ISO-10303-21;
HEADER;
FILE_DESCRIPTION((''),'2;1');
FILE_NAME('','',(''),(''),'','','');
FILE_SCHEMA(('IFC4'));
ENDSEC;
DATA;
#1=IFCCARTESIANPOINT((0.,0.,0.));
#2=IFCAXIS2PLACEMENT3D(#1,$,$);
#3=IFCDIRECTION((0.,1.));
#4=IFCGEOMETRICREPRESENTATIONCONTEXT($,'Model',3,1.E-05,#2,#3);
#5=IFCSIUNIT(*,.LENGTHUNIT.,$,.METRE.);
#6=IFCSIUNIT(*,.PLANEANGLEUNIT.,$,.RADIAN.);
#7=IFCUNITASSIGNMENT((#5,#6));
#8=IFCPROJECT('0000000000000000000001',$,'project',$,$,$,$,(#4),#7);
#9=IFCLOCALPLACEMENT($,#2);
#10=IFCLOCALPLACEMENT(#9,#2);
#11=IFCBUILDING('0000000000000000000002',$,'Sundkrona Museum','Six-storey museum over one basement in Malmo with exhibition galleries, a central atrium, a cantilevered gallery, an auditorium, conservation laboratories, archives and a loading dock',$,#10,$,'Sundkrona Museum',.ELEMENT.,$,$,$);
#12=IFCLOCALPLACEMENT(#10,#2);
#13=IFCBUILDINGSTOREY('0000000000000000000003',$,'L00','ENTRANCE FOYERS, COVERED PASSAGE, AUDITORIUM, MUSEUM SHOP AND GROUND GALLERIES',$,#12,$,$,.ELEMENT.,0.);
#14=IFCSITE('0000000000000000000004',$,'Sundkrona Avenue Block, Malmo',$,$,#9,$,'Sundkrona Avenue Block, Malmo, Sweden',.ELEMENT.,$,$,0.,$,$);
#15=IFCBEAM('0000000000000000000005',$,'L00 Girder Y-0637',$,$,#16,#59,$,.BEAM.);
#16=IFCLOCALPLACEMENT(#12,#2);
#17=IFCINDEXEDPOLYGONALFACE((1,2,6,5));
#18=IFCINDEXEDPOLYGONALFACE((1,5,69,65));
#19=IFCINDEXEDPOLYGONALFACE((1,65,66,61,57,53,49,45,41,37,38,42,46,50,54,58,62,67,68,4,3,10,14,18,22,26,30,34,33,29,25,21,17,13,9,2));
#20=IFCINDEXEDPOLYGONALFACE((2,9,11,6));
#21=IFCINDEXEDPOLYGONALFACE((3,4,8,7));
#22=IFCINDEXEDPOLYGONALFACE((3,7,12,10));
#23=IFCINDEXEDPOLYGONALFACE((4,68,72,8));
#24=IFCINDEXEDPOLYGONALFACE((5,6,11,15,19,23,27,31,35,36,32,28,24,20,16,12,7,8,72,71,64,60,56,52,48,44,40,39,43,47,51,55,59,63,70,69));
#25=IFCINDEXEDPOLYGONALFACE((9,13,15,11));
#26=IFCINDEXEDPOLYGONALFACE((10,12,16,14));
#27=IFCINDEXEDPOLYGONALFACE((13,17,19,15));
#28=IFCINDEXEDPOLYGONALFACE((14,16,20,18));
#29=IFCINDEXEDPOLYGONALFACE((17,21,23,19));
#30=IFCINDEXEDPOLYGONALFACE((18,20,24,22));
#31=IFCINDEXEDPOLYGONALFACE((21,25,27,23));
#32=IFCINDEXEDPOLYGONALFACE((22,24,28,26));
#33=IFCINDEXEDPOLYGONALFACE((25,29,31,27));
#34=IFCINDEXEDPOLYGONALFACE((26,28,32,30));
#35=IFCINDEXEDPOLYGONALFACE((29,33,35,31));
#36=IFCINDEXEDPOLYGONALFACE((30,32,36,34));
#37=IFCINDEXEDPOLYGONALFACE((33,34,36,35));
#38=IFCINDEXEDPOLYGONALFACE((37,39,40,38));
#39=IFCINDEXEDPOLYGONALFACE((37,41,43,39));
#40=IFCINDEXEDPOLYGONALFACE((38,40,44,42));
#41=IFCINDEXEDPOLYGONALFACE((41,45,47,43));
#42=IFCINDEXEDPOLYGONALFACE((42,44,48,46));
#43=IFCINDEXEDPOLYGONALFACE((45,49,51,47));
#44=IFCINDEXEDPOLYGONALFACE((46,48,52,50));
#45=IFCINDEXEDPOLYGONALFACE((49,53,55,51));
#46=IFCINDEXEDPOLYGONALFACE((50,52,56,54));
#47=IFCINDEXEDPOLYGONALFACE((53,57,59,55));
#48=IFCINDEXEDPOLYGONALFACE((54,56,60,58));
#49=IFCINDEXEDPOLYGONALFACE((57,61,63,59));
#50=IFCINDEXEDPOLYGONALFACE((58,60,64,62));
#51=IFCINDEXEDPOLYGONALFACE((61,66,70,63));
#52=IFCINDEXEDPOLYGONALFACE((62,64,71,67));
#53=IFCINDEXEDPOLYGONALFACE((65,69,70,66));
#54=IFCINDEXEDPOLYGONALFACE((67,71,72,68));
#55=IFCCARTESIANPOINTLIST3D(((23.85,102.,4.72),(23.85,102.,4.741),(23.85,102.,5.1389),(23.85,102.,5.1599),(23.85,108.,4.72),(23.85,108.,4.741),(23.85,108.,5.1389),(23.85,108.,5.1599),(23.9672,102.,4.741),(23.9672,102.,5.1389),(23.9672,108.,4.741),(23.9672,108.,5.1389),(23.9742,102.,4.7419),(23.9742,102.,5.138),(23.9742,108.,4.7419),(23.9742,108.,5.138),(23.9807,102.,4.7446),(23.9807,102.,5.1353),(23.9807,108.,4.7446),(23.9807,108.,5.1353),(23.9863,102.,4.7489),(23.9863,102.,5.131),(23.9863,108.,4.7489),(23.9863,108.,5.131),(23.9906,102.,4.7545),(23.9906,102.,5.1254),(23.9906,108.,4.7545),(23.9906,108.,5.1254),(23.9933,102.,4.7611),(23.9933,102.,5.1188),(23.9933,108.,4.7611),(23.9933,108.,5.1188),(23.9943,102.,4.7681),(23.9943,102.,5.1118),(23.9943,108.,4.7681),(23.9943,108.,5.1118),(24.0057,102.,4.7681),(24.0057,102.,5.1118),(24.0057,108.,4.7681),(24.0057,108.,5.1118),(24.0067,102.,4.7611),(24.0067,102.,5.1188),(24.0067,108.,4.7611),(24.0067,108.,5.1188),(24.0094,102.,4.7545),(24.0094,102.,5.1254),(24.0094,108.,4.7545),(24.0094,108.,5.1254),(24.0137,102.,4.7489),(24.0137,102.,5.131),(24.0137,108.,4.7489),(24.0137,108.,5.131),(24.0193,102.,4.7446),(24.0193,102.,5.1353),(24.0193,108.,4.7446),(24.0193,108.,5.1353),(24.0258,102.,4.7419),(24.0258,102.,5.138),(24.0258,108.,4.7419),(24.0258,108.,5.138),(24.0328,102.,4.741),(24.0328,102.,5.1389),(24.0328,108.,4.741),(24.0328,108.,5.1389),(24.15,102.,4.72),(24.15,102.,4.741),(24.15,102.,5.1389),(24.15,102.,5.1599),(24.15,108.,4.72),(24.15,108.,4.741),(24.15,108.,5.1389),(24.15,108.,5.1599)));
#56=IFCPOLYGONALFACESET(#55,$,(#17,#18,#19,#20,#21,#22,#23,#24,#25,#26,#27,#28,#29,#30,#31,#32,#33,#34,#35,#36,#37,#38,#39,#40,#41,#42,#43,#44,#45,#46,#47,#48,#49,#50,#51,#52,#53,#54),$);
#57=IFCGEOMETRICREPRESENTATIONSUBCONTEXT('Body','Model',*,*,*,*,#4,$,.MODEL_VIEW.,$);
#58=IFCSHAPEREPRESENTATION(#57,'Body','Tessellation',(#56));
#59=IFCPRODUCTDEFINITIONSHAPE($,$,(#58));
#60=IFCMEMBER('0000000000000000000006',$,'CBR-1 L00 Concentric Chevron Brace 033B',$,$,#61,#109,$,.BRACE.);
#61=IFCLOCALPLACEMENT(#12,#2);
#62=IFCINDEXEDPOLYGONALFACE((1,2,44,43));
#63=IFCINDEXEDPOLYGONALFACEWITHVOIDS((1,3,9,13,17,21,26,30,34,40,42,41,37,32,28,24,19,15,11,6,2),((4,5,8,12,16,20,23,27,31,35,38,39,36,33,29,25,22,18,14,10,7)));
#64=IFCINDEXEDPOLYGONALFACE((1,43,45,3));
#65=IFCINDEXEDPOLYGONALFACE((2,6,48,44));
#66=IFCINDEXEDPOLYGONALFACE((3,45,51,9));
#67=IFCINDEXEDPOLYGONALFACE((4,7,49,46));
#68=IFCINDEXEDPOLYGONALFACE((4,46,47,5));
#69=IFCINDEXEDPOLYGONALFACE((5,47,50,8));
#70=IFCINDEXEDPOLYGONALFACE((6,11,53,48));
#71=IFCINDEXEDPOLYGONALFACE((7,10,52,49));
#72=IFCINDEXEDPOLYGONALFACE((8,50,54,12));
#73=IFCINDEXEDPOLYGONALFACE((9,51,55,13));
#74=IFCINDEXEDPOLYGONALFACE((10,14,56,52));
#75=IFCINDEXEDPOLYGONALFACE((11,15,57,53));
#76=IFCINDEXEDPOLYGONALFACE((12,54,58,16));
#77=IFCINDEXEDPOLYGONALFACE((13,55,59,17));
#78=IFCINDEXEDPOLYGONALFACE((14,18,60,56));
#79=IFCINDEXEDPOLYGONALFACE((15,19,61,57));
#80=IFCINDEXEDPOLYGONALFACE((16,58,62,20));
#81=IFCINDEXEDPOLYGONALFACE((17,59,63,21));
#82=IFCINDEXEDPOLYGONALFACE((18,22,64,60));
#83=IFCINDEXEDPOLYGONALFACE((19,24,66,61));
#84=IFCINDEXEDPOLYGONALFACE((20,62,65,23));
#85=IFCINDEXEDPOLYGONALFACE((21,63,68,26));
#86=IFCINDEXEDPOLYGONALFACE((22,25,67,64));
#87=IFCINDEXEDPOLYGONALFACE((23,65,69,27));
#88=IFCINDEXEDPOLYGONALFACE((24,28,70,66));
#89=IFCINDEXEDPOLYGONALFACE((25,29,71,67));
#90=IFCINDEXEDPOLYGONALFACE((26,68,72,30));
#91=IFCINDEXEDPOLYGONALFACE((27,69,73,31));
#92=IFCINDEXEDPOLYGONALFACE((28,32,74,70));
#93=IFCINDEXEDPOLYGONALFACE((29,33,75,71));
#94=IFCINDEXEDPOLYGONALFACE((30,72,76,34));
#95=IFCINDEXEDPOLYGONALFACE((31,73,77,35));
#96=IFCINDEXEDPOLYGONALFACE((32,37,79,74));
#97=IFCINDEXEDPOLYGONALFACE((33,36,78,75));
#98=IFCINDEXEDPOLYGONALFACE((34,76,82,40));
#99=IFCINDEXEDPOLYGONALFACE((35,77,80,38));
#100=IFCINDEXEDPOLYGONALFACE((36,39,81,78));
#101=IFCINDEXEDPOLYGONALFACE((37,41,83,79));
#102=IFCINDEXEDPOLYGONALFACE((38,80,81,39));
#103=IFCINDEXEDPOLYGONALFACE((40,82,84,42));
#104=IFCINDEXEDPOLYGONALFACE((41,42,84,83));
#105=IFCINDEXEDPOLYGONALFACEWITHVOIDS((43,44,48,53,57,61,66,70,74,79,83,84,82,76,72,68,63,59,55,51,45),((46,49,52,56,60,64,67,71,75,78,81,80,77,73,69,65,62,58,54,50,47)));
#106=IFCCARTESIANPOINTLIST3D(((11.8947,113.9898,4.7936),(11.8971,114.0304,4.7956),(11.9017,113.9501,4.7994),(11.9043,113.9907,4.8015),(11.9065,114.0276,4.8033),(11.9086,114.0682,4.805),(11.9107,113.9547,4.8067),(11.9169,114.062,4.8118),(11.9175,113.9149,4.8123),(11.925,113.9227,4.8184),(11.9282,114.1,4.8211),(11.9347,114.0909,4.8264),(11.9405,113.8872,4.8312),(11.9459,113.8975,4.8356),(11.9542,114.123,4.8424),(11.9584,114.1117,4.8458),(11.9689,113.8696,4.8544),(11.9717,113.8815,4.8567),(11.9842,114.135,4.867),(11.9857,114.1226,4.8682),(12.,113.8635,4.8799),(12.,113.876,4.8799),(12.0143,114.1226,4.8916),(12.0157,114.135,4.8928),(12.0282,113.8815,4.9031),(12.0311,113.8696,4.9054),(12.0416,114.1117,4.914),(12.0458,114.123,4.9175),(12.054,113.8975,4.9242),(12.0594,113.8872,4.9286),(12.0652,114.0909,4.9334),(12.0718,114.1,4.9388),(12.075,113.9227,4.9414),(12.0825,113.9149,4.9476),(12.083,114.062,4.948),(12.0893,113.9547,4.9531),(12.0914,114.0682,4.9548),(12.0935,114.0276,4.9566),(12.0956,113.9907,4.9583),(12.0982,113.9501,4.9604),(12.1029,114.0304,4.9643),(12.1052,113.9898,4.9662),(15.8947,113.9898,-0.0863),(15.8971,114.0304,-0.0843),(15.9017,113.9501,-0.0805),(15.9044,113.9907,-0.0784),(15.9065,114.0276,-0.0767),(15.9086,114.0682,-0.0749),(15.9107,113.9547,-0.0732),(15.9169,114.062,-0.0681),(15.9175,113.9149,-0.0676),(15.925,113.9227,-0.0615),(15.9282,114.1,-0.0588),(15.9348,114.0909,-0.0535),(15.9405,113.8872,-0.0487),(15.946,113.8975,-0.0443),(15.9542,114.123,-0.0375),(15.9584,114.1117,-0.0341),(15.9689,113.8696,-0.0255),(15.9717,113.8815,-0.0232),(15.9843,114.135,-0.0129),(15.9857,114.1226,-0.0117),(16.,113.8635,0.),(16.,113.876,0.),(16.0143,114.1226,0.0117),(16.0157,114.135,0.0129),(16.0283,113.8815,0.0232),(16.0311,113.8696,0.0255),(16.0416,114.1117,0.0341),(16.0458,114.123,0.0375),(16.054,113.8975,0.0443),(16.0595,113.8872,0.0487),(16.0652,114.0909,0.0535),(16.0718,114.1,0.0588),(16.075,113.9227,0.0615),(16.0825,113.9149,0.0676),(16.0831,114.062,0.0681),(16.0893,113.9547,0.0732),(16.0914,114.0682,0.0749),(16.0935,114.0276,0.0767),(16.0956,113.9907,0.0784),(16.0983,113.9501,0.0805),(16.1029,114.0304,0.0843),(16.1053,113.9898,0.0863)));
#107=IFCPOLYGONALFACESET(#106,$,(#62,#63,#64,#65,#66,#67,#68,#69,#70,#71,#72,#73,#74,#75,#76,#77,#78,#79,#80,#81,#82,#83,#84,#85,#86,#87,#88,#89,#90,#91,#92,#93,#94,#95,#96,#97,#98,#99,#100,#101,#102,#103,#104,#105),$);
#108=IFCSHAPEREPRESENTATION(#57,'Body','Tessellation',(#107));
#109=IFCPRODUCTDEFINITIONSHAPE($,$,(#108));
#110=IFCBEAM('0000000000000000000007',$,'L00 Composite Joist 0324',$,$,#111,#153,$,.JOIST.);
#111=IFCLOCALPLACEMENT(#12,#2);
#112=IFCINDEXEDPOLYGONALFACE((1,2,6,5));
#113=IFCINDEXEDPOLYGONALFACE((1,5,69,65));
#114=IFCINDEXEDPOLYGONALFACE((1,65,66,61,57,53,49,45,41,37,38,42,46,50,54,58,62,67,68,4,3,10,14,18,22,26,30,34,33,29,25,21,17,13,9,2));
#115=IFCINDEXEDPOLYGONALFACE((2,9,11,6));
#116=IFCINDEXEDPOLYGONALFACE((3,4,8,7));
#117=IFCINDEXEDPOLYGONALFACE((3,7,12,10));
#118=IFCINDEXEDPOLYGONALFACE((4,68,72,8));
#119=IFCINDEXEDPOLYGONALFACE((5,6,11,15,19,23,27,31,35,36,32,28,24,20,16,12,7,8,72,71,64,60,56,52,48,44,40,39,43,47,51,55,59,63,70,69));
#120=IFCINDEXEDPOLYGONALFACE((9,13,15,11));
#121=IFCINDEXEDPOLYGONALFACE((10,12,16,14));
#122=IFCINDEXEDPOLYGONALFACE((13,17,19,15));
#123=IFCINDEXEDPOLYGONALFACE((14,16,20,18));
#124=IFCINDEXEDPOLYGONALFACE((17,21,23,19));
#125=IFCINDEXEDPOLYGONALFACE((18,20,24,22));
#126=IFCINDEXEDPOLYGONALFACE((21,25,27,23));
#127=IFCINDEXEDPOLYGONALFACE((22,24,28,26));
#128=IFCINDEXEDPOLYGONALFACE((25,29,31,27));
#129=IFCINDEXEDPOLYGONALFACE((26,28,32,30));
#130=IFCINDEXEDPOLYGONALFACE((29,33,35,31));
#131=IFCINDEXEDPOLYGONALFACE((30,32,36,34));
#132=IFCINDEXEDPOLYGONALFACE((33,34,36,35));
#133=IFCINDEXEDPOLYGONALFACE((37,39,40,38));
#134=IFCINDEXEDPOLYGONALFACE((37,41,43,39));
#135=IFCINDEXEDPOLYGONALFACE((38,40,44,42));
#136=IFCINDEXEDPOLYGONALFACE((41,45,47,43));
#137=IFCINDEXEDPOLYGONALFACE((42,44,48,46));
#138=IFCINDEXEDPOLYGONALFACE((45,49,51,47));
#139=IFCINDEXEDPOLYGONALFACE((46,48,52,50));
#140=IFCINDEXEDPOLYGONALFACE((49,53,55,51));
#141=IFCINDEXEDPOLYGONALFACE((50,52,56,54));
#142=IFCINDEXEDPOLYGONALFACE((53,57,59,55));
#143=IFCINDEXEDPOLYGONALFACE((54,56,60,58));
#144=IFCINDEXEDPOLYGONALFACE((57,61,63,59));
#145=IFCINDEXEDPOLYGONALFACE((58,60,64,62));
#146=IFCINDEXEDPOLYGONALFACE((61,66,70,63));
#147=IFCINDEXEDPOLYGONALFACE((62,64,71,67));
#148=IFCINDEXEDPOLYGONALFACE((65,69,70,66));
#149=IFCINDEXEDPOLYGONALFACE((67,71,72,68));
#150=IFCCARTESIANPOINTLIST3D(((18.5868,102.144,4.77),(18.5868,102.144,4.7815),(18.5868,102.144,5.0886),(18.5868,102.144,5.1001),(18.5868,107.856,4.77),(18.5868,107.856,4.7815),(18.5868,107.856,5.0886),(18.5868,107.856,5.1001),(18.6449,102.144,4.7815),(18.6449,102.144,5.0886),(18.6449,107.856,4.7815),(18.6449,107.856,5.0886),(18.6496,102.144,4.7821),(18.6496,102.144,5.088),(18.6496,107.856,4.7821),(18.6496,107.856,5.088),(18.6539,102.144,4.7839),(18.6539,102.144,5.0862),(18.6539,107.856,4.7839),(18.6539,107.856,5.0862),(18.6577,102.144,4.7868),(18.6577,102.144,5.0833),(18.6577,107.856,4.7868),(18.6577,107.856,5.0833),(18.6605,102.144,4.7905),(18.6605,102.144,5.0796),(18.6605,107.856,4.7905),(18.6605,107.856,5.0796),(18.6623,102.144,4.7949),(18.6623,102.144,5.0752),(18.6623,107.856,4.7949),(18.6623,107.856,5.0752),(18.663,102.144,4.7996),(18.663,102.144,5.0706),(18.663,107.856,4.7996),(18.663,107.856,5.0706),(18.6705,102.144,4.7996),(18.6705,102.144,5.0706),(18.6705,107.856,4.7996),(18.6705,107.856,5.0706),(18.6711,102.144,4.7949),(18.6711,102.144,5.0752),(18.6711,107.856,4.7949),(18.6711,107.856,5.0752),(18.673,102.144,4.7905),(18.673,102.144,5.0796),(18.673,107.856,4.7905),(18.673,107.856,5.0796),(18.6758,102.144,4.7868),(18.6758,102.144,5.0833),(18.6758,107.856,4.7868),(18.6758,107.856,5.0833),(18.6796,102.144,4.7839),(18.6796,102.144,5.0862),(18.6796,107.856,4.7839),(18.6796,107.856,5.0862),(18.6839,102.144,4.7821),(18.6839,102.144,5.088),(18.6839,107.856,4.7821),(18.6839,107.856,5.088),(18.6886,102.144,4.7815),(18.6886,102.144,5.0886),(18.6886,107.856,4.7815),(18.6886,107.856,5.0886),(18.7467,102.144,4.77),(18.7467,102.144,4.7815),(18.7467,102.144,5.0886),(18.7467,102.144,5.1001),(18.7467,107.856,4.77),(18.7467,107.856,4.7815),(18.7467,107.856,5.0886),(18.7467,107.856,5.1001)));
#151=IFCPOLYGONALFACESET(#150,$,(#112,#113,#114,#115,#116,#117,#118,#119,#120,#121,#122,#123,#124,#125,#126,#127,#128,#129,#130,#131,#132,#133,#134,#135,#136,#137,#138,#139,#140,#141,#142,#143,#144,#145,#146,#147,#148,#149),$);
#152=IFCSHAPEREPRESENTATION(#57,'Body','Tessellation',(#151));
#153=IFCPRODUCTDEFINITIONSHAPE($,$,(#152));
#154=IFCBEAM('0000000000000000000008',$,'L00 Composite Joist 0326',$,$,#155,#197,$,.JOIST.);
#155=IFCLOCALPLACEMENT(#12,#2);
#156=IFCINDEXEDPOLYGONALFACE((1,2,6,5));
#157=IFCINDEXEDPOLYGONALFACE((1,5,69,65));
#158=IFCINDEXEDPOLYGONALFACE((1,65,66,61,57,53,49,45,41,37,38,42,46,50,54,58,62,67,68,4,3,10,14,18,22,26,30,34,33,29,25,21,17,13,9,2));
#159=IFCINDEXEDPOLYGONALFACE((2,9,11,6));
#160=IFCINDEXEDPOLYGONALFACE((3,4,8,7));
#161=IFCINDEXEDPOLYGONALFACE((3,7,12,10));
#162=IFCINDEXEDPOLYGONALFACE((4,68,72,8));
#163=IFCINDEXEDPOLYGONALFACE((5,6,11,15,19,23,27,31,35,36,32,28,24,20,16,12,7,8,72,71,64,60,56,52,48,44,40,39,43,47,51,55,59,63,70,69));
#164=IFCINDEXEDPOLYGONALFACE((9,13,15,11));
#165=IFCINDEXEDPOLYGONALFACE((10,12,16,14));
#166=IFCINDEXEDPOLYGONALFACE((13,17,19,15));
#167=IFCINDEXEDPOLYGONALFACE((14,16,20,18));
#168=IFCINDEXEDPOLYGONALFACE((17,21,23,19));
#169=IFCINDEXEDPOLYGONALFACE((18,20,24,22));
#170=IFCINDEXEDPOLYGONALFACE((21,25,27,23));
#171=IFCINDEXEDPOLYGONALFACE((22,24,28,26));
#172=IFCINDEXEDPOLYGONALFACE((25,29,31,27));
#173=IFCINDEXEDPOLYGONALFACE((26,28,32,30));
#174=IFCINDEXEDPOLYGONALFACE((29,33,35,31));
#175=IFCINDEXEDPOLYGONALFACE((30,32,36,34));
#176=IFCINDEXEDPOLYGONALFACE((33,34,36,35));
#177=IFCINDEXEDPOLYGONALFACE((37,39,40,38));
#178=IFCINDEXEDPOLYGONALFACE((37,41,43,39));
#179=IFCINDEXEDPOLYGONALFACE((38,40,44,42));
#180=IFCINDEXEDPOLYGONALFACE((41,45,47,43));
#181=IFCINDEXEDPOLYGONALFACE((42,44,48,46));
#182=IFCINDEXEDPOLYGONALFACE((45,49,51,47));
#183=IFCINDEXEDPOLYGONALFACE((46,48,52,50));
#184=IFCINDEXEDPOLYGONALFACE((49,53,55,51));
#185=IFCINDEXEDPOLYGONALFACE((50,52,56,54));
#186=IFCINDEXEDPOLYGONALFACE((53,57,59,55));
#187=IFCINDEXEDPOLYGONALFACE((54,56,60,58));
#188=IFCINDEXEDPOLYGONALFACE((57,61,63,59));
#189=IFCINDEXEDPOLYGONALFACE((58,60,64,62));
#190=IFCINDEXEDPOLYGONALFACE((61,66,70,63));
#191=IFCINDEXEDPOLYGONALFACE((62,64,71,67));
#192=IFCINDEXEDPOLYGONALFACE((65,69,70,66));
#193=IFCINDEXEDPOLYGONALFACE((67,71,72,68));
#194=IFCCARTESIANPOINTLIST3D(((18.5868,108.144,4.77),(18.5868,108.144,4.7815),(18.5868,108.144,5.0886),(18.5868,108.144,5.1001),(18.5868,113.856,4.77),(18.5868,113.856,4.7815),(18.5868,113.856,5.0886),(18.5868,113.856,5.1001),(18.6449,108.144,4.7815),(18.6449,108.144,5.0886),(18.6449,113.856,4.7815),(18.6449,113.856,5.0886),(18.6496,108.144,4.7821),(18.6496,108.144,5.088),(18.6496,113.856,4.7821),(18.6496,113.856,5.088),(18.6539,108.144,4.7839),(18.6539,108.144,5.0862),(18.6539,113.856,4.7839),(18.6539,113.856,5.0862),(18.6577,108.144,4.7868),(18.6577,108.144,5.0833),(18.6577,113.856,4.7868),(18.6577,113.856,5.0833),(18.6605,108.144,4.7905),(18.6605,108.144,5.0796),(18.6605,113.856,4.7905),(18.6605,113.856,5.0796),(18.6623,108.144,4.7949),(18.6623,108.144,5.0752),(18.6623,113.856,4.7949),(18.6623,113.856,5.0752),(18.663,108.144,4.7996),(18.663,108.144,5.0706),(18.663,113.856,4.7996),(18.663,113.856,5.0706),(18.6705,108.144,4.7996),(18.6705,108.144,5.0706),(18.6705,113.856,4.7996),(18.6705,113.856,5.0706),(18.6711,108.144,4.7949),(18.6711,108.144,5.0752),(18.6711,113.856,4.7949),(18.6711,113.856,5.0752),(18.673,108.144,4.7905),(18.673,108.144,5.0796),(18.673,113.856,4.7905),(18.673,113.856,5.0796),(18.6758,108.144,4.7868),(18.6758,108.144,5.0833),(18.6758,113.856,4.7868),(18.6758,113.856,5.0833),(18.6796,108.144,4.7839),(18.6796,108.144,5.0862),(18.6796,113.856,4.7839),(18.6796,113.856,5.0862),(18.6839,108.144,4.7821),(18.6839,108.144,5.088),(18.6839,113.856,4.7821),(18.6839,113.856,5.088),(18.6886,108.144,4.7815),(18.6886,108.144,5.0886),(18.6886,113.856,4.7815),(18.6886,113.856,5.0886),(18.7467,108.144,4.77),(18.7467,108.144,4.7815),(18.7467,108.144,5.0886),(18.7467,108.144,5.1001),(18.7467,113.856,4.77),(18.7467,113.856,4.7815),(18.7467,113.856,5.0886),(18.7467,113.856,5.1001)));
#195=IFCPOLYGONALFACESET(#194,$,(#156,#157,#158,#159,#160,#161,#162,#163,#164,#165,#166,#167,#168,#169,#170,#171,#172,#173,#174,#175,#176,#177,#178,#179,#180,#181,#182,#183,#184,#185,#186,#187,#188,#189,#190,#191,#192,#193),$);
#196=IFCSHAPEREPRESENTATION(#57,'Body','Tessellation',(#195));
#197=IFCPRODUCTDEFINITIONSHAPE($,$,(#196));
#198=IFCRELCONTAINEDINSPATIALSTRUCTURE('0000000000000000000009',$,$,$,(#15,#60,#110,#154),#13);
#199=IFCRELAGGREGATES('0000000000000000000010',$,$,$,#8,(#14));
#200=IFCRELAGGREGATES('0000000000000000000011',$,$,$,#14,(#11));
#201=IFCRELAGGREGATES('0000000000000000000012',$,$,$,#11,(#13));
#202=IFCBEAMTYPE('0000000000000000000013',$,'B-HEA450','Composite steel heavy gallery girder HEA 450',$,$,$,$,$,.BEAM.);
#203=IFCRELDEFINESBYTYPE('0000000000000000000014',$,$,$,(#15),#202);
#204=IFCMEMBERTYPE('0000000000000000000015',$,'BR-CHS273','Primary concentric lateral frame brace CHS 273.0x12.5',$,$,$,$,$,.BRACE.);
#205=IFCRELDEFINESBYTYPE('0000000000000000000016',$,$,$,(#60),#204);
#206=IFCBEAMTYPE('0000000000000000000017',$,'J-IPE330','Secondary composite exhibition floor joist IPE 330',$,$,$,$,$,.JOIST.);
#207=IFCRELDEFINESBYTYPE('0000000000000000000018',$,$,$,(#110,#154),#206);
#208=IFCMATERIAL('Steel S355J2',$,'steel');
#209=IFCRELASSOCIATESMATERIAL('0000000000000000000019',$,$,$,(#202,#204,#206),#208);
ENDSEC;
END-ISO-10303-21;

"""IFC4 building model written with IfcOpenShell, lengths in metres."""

from ifc_helpers import new_model, si_unit, direction, frame, origin, origin_2d, place, context, subcontext, project, spatial, hollow_circle, i_section, extrude, material, material_profile, profile_set, type_object, element, save


model = new_model("IFC4")

# Units and contexts
model_context = context("Model", 3, precision=1e-05, world=origin(), true_north=direction((0.0, 1.0)))
body_context = subcontext(model_context, "Body", "Model", "MODEL_VIEW")
ifc_project = project(units=[si_unit("LENGTHUNIT", "METRE"), si_unit("PLANEANGLEUNIT", "RADIAN")], contexts=[model_context])

# Site, building, storey
site_placement = place(None, origin())
site = spatial("IfcSite", under=ifc_project, at=site_placement, Name="Sundkrona Avenue Block, Malmo", LongName="Sundkrona Avenue Block, Malmo, Sweden", CompositionType="ELEMENT", RefElevation=0.0)
building_placement = place(site_placement, origin())
building = spatial("IfcBuilding", under=site, at=building_placement, Name="Sundkrona Museum", Description="Six-storey museum over one basement in Malmo with exhibition galleries, a central atrium, a cantilevered gallery, an auditorium, conservation laboratories, archives and a loading dock", LongName="Sundkrona Museum", CompositionType="ELEMENT")
storey_placement = place(building_placement, origin())
storey = spatial("IfcBuildingStorey", under=building, at=storey_placement, Name="L00", Description="ENTRANCE FOYERS, COVERED PASSAGE, AUDITORIUM, MUSEUM SHOP AND GROUND GALLERIES", CompositionType="ELEMENT", Elevation=0.0)

# Shared definitions
ifc_material_1 = material(Name="Steel S355J2", Category="steel")

# Beam
ifc_material_profile_1 = material_profile(ifc_material_1, i_section(OverallWidth=0.3, OverallDepth=0.4399, WebThickness=0.0115, FlangeThickness=0.021, FilletRadius=0.0271, at=origin_2d()), Name="HEA 450")
ifc_profile_set_1 = profile_set([ifc_material_profile_1], Name="Steel S355J2")
beam_type_1 = type_object("IfcBeamType", Name="B-HEA450", Description="Composite steel heavy gallery girder HEA 450", PredefinedType="BEAM", material=ifc_profile_set_1)
for number, where, z_axis, x_axis, name in (
    (1, (24.0, 102.0, 4.9399), (0.0, 1.0, 0.0), (-1.0, 0.0, 0.0), "L00 Girder Y-0637"),
):
    element("IfcBeam", number, at=place(storey_placement, frame(where, z_axis=z_axis, x_axis=x_axis)), inside=storey, type_object=beam_type_1, Name=name, PredefinedType="BEAM", context=body_context, shape_type="SweptSolid", body=[
        extrude(i_section(OverallWidth=0.3, OverallDepth=0.4399, WebThickness=0.0115, FlangeThickness=0.021, FilletRadius=0.0271, at=origin_2d()), origin(), (0.0, 0.0, 1.0), 6.0),
    ])

# Member
ifc_material_profile_2 = material_profile(ifc_material_1, hollow_circle(Radius=0.1365, WallThickness=0.0125, at=origin_2d()), Name="CHS 273.0x12.5")
ifc_profile_set_2 = profile_set([ifc_material_profile_2], Name="Steel S355J2")
member_type = type_object("IfcMemberType", Name="BR-CHS273", Description="Primary concentric lateral frame brace CHS 273.0x12.5", PredefinedType="BRACE", material=ifc_profile_set_2)
member_placement = place(storey_placement, frame((16.0, 114.0, 0.0), z_axis=(-0.633937, 0.0, 0.773385), x_axis=(0.0, -1.0, 0.0)))
element("IfcMember", 2, at=member_placement, inside=storey, type_object=member_type, Name="CBR-1 L00 Concentric Chevron Brace 033B", PredefinedType="BRACE", context=body_context, shape_type="SweptSolid", body=[
    extrude(hollow_circle(Radius=0.1365, WallThickness=0.0125, at=origin_2d()), origin(), (0.0, 0.0, 1.0), 6.3098),
])

# Beams
ifc_material_profile_3 = material_profile(ifc_material_1, i_section(OverallWidth=0.1599, OverallDepth=0.3301, WebThickness=0.0076, FlangeThickness=0.0115, FilletRadius=0.0181, at=origin_2d()), Name="IPE 330")
ifc_profile_set_3 = profile_set([ifc_material_profile_3], Name="Steel S355J2")
beam_type_2 = type_object("IfcBeamType", Name="J-IPE330", Description="Secondary composite exhibition floor joist IPE 330", PredefinedType="JOIST", material=ifc_profile_set_3)
for number, where, z_axis, x_axis, name in (
    (3, (18.6667, 102.144, 4.9351), (0.0, 1.0, 0.0), (-1.0, 0.0, 0.0), "L00 Composite Joist 0324"),
    (4, (18.6667, 108.144, 4.9351), (0.0, 1.0, 0.0), (-1.0, 0.0, 0.0), "L00 Composite Joist 0326"),
):
    element("IfcBeam", number, at=place(storey_placement, frame(where, z_axis=z_axis, x_axis=x_axis)), inside=storey, type_object=beam_type_2, Name=name, PredefinedType="JOIST", context=body_context, shape_type="SweptSolid", body=[
        extrude(i_section(OverallWidth=0.1599, OverallDepth=0.3301, WebThickness=0.0076, FlangeThickness=0.0115, FilletRadius=0.0181, at=origin_2d()), origin(), (0.0, 0.0, 1.0), 5.7119),
    ])

save(model, "model.ifc")
